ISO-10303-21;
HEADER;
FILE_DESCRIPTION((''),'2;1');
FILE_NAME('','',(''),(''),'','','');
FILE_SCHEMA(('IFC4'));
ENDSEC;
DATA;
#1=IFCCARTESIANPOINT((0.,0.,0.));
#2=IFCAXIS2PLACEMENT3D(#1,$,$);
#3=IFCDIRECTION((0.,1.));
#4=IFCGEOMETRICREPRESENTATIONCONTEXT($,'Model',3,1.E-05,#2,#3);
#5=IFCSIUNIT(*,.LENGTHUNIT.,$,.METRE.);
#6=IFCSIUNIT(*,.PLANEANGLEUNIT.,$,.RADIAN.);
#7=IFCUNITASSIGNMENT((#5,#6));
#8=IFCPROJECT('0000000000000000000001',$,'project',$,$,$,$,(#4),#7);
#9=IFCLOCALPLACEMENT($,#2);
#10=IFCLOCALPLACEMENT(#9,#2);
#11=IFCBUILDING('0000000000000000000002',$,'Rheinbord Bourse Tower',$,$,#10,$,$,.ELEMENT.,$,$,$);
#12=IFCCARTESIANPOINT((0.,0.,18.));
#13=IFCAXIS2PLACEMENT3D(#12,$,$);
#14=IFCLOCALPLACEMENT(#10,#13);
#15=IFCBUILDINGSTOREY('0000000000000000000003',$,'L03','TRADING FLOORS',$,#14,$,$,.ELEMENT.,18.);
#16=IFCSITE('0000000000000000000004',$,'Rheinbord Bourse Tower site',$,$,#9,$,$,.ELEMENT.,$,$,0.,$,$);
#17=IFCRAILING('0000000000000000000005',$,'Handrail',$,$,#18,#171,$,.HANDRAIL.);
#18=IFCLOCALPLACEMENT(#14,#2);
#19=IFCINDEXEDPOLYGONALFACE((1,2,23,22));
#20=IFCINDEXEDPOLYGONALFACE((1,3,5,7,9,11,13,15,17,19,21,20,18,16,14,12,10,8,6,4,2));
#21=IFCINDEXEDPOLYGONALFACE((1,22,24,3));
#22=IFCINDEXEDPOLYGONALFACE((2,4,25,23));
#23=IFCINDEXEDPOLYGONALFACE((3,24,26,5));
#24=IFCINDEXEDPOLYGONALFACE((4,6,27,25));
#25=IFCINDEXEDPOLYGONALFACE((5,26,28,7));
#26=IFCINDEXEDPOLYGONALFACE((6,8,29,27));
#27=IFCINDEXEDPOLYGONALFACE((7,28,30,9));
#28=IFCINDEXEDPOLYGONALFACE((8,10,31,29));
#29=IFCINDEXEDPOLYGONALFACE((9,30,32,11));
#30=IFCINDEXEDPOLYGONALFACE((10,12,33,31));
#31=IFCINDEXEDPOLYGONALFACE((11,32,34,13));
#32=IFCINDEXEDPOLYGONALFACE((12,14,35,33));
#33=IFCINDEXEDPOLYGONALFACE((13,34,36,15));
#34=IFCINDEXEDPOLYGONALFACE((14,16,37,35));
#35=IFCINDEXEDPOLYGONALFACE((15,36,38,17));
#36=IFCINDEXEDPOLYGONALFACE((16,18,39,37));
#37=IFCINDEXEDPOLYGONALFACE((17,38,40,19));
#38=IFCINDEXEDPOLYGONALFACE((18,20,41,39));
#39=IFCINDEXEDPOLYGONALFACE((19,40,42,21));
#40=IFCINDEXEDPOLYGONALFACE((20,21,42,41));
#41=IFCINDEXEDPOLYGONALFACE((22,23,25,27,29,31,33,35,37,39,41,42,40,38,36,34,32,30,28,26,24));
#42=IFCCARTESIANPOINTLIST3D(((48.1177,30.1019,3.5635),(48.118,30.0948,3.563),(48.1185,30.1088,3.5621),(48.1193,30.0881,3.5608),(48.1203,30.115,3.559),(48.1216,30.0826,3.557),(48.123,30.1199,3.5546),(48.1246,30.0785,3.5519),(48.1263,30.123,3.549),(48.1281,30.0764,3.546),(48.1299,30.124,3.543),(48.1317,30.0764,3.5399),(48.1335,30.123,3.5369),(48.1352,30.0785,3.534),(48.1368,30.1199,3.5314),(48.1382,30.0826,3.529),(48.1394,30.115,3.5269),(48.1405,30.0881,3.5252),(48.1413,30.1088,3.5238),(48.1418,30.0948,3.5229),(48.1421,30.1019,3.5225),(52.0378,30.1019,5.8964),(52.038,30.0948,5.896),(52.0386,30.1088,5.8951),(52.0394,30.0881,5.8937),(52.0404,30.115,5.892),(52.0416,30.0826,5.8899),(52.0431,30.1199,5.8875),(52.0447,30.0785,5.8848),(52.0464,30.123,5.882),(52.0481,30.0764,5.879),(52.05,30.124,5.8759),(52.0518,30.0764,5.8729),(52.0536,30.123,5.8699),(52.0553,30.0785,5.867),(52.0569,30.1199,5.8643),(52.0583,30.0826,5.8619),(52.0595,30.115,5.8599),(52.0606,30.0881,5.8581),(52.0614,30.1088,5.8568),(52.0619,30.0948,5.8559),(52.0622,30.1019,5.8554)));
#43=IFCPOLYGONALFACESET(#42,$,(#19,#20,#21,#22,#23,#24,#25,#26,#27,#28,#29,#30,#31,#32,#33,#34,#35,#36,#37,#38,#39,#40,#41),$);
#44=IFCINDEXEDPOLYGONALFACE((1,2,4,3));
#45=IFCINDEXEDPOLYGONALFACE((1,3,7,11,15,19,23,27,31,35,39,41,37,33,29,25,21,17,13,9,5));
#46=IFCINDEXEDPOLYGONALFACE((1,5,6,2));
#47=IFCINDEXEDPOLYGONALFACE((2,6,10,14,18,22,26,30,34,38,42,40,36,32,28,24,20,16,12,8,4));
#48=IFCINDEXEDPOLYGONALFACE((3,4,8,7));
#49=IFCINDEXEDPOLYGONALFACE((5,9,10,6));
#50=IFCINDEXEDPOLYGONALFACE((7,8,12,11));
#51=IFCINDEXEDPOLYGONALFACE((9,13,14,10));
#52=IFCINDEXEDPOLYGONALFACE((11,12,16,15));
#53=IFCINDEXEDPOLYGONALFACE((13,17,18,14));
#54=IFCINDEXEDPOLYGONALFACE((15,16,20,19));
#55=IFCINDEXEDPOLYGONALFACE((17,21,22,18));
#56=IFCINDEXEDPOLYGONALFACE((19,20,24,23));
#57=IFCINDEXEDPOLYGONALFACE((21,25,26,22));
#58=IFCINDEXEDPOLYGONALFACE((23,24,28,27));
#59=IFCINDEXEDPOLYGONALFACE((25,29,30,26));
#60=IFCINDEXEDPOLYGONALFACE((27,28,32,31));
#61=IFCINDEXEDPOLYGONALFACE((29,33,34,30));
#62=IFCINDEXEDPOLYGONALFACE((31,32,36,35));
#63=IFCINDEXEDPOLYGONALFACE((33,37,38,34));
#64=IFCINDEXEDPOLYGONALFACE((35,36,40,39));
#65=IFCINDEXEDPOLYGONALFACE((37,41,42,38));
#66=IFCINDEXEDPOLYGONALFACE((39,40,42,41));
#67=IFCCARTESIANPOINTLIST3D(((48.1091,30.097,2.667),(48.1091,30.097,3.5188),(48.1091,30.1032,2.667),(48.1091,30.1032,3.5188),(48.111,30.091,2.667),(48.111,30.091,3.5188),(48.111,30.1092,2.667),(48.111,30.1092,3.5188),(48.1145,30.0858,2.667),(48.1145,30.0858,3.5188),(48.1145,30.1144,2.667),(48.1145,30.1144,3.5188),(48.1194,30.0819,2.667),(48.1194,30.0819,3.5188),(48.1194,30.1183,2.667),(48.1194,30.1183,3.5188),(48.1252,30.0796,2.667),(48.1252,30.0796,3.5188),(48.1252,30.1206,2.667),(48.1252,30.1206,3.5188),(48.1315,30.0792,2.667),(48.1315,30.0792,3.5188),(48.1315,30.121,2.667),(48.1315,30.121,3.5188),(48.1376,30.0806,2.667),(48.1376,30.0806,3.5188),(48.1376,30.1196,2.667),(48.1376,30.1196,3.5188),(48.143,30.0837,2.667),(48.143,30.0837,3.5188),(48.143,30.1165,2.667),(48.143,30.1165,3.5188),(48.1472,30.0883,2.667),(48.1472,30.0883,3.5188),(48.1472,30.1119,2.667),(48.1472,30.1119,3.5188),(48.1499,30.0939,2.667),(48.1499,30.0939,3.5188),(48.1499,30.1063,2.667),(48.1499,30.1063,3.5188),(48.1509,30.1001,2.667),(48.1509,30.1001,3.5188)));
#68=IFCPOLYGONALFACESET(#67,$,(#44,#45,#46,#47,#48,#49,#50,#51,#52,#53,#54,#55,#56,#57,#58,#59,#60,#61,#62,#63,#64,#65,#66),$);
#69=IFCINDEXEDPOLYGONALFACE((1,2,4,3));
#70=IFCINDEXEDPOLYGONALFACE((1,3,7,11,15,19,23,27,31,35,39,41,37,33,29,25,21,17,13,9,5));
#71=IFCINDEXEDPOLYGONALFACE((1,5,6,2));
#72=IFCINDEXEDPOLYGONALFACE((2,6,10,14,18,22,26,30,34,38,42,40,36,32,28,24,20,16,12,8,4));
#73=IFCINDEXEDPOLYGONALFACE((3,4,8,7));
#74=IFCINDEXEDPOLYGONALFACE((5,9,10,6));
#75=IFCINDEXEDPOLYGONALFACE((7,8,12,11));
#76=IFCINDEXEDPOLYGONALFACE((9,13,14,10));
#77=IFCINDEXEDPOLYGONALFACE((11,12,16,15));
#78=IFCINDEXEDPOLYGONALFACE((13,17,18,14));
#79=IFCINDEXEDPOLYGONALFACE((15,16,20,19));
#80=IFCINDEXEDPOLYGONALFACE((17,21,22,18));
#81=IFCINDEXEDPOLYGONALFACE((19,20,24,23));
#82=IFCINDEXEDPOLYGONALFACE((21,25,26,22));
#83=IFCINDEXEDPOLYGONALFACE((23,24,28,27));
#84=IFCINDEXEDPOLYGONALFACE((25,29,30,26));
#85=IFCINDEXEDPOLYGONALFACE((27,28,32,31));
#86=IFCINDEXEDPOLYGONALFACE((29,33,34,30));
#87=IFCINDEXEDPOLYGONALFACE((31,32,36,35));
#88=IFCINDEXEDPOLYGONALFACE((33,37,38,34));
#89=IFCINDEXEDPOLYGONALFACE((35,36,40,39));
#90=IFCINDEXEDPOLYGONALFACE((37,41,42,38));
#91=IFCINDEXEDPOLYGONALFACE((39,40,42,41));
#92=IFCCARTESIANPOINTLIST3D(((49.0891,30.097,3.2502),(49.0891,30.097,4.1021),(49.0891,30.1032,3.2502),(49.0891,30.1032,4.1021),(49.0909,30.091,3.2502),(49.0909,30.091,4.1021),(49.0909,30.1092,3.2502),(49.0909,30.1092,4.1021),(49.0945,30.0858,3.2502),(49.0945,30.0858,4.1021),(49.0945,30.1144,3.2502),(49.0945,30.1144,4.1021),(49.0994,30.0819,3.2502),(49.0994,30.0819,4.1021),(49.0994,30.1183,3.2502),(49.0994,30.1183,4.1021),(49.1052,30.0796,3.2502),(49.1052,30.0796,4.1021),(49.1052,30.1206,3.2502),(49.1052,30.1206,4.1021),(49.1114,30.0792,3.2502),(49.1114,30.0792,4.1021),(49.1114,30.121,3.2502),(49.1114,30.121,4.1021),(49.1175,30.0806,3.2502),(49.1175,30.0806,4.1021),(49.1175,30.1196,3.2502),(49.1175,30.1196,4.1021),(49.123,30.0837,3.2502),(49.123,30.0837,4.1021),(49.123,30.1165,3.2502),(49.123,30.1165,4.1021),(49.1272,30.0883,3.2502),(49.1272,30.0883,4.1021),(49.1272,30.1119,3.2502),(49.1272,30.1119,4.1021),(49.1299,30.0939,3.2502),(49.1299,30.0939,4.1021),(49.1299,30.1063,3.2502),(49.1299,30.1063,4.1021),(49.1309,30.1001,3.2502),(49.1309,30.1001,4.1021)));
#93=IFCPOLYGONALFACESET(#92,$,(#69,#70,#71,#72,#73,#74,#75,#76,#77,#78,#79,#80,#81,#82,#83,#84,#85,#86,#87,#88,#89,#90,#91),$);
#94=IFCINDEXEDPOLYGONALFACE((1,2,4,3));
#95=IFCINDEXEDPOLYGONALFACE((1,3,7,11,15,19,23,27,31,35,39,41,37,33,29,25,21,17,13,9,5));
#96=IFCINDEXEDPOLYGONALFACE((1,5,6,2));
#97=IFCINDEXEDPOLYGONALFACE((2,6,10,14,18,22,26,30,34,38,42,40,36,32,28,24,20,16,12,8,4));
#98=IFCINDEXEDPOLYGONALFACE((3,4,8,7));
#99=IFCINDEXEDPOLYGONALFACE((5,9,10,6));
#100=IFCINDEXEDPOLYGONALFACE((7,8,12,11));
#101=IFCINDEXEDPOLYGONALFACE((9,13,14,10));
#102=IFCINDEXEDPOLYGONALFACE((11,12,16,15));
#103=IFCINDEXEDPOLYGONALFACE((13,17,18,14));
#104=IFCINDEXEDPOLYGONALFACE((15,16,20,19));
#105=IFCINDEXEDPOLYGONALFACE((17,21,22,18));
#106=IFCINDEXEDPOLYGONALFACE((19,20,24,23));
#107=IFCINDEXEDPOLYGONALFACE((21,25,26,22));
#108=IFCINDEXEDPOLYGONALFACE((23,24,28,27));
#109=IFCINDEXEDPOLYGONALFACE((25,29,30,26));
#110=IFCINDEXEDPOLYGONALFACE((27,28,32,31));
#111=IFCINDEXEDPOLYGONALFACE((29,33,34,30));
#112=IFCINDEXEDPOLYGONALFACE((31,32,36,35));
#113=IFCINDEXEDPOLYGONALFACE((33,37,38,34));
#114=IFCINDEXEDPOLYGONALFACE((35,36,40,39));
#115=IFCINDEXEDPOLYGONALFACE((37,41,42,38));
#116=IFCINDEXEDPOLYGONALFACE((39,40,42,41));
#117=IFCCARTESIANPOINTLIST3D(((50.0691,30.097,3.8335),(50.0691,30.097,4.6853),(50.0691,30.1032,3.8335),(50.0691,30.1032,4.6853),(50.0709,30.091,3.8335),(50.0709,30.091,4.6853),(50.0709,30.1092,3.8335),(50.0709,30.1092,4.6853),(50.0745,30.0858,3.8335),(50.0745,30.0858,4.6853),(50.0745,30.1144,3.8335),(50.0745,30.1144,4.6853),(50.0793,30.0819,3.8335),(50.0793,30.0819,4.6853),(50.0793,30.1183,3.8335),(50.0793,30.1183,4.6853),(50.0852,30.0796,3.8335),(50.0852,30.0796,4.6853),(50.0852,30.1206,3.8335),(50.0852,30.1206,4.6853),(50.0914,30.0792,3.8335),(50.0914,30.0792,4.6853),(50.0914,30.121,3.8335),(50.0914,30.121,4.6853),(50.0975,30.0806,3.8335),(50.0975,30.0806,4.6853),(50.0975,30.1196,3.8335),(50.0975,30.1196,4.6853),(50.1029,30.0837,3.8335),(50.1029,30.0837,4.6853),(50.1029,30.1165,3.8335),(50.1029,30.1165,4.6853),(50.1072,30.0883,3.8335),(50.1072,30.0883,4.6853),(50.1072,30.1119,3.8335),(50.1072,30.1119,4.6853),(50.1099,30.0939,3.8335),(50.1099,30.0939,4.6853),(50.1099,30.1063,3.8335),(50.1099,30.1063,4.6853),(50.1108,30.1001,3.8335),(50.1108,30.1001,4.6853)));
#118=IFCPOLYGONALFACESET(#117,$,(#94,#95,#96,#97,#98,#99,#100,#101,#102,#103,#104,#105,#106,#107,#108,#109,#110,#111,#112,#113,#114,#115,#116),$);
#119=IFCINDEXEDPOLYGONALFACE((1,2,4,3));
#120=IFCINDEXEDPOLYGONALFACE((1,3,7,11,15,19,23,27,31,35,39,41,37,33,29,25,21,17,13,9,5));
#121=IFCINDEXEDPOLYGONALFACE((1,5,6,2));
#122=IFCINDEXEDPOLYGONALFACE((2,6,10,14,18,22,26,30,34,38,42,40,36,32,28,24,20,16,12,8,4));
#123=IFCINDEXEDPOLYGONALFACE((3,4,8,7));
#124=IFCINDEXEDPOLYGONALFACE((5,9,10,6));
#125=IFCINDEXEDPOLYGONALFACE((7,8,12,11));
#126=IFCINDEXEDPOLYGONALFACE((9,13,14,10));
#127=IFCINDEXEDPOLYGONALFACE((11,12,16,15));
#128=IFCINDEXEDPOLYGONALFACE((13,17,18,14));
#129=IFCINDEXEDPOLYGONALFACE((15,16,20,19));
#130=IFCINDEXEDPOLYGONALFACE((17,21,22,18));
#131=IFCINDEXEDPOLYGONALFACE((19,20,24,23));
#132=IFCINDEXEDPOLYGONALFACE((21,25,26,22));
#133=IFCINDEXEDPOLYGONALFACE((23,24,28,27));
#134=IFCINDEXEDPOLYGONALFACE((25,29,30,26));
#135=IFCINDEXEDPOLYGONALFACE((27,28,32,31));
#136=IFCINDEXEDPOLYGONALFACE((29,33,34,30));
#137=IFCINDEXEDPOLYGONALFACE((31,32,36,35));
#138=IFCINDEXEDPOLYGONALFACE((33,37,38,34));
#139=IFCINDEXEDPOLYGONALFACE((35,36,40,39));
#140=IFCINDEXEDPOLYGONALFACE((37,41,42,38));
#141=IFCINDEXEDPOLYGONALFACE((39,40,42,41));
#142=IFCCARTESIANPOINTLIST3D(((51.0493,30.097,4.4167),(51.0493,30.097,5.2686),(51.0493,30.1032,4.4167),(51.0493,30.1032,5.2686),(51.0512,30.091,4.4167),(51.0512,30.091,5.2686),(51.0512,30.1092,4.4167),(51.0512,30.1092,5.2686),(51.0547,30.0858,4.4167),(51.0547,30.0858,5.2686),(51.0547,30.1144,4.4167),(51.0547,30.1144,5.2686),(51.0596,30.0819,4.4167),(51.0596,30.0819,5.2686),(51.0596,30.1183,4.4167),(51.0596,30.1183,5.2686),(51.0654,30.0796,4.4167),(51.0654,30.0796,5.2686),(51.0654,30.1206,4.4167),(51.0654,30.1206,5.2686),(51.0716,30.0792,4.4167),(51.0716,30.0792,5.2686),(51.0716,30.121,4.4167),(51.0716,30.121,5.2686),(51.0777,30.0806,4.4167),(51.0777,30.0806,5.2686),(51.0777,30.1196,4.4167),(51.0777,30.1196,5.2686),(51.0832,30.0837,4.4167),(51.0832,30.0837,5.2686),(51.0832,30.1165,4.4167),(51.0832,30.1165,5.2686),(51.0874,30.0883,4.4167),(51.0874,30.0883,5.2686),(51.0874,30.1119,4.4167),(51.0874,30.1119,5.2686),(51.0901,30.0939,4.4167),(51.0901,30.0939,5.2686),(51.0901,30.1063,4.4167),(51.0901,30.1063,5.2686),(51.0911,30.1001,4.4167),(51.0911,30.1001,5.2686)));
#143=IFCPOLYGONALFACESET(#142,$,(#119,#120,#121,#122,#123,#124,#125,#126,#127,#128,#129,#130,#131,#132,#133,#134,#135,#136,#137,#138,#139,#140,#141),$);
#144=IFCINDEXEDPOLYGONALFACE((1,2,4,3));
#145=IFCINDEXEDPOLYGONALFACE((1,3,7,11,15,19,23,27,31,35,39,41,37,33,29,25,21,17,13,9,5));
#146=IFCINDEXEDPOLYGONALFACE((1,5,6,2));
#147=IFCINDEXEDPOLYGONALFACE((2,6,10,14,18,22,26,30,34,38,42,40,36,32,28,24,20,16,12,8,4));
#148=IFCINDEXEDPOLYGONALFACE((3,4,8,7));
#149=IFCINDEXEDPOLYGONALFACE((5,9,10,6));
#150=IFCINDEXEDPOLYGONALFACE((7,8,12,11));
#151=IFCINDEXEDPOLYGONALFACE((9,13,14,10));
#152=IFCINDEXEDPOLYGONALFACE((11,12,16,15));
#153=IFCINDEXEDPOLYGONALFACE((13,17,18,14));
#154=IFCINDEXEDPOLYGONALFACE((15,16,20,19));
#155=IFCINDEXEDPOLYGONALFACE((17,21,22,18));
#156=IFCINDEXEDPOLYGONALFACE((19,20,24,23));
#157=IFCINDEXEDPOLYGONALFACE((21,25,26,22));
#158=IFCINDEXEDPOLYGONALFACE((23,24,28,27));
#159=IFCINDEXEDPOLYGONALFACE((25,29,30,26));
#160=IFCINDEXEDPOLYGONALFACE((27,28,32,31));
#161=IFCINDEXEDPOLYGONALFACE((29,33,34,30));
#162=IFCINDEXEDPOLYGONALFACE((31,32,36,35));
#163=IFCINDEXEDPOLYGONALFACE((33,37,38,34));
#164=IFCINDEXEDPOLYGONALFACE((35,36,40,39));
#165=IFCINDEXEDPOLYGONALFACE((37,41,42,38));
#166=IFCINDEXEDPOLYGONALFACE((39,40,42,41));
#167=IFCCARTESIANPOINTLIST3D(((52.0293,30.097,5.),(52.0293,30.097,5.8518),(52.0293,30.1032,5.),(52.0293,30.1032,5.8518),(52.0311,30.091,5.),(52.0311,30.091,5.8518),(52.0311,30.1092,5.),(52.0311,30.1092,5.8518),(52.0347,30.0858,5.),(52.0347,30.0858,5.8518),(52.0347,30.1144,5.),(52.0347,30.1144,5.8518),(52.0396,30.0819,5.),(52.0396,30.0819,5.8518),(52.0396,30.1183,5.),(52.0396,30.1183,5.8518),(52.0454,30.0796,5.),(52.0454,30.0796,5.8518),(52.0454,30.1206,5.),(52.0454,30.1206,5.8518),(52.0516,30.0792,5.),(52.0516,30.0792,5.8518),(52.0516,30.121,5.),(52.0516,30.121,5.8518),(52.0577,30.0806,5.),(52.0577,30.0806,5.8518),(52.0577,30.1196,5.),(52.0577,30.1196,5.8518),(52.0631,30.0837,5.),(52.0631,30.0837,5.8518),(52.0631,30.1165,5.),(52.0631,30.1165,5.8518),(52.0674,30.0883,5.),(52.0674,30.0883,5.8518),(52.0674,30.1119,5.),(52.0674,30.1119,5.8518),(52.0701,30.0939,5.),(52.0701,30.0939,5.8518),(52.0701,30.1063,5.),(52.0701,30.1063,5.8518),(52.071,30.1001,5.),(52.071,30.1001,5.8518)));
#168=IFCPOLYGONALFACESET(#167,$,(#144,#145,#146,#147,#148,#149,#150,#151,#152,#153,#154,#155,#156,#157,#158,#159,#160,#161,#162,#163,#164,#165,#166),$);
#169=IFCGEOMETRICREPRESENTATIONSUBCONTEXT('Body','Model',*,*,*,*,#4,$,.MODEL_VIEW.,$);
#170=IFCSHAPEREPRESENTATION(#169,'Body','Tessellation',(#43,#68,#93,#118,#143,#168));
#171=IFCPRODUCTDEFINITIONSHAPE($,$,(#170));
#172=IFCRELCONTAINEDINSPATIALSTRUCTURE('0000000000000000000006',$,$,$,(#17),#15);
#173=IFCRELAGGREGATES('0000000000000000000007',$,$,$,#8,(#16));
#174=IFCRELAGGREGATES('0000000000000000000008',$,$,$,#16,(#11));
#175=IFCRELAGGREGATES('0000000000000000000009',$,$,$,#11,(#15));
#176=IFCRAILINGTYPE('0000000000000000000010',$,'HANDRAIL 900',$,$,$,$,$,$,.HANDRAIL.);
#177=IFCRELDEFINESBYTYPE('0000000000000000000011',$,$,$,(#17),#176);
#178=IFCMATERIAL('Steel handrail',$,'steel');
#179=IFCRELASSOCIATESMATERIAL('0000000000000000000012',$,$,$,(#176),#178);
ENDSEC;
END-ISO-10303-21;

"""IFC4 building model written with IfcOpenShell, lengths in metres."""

from ifc_helpers import new_model, si_unit, direction, frame, origin, origin_2d, place, context, subcontext, project, spatial, circle, extrude, material, type_object, element, save


model = new_model("IFC4")

# Units and contexts
model_context = context("Model", 3, precision=1e-05, world=origin(), true_north=direction((0.0, 1.0)))
body_context = subcontext(model_context, "Body", "Model", "MODEL_VIEW")
ifc_project = project(units=[si_unit("LENGTHUNIT", "METRE"), si_unit("PLANEANGLEUNIT", "RADIAN")], contexts=[model_context])

# Site, building, storey
site_placement = place(None, origin())
site = spatial("IfcSite", under=ifc_project, at=site_placement, Name="Rheinbord Bourse Tower site", CompositionType="ELEMENT", RefElevation=0.0)
building_placement = place(site_placement, origin())
building = spatial("IfcBuilding", under=site, at=building_placement, Name="Rheinbord Bourse Tower", CompositionType="ELEMENT")
storey_placement = place(building_placement, frame((0.0, 0.0, 18.0)))
storey = spatial("IfcBuildingStorey", under=building, at=storey_placement, Name="L03", Description="TRADING FLOORS", CompositionType="ELEMENT", Elevation=18.0)

# Railing
ifc_material_1 = material(Name="Steel handrail", Category="steel")
railing_type = type_object("IfcRailingType", Name="HANDRAIL 900", PredefinedType="HANDRAIL", material=ifc_material_1)
railing_1_placement = place(storey_placement, frame((48.1299, 30.1001, 2.667)))
element("IfcRailing", 1, at=railing_1_placement, inside=storey, type_object=railing_type, Name="Handrail", PredefinedType="HANDRAIL", context=body_context, shape_type="SweptSolid", body=[
    extrude(circle(Radius=0.0239, at=origin_2d()), frame((0.0, 0.0, 0.876), z_axis=(0.859334, 0.0, 0.511415), x_axis=(0.0, 1.0, 0.0)), (0.0, 0.0, 1.0), 4.5618),
    extrude(circle(Radius=0.021, at=origin_2d()), origin(), (0.0, 0.0, 1.0), 0.8518),
    extrude(circle(Radius=0.021, at=origin_2d()), frame((0.98, 0.0, 0.5833)), (0.0, 0.0, 1.0), 0.8518),
    extrude(circle(Radius=0.021, at=origin_2d()), frame((1.96, 0.0, 1.1665)), (0.0, 0.0, 1.0), 0.8518),
    extrude(circle(Radius=0.021, at=origin_2d()), frame((2.9402, 0.0, 1.7498)), (0.0, 0.0, 1.0), 0.8518),
    extrude(circle(Radius=0.021, at=origin_2d()), frame((3.9202, 0.0, 2.333)), (0.0, 0.0, 1.0), 0.8518),
])

save(model, "model.ifc")
